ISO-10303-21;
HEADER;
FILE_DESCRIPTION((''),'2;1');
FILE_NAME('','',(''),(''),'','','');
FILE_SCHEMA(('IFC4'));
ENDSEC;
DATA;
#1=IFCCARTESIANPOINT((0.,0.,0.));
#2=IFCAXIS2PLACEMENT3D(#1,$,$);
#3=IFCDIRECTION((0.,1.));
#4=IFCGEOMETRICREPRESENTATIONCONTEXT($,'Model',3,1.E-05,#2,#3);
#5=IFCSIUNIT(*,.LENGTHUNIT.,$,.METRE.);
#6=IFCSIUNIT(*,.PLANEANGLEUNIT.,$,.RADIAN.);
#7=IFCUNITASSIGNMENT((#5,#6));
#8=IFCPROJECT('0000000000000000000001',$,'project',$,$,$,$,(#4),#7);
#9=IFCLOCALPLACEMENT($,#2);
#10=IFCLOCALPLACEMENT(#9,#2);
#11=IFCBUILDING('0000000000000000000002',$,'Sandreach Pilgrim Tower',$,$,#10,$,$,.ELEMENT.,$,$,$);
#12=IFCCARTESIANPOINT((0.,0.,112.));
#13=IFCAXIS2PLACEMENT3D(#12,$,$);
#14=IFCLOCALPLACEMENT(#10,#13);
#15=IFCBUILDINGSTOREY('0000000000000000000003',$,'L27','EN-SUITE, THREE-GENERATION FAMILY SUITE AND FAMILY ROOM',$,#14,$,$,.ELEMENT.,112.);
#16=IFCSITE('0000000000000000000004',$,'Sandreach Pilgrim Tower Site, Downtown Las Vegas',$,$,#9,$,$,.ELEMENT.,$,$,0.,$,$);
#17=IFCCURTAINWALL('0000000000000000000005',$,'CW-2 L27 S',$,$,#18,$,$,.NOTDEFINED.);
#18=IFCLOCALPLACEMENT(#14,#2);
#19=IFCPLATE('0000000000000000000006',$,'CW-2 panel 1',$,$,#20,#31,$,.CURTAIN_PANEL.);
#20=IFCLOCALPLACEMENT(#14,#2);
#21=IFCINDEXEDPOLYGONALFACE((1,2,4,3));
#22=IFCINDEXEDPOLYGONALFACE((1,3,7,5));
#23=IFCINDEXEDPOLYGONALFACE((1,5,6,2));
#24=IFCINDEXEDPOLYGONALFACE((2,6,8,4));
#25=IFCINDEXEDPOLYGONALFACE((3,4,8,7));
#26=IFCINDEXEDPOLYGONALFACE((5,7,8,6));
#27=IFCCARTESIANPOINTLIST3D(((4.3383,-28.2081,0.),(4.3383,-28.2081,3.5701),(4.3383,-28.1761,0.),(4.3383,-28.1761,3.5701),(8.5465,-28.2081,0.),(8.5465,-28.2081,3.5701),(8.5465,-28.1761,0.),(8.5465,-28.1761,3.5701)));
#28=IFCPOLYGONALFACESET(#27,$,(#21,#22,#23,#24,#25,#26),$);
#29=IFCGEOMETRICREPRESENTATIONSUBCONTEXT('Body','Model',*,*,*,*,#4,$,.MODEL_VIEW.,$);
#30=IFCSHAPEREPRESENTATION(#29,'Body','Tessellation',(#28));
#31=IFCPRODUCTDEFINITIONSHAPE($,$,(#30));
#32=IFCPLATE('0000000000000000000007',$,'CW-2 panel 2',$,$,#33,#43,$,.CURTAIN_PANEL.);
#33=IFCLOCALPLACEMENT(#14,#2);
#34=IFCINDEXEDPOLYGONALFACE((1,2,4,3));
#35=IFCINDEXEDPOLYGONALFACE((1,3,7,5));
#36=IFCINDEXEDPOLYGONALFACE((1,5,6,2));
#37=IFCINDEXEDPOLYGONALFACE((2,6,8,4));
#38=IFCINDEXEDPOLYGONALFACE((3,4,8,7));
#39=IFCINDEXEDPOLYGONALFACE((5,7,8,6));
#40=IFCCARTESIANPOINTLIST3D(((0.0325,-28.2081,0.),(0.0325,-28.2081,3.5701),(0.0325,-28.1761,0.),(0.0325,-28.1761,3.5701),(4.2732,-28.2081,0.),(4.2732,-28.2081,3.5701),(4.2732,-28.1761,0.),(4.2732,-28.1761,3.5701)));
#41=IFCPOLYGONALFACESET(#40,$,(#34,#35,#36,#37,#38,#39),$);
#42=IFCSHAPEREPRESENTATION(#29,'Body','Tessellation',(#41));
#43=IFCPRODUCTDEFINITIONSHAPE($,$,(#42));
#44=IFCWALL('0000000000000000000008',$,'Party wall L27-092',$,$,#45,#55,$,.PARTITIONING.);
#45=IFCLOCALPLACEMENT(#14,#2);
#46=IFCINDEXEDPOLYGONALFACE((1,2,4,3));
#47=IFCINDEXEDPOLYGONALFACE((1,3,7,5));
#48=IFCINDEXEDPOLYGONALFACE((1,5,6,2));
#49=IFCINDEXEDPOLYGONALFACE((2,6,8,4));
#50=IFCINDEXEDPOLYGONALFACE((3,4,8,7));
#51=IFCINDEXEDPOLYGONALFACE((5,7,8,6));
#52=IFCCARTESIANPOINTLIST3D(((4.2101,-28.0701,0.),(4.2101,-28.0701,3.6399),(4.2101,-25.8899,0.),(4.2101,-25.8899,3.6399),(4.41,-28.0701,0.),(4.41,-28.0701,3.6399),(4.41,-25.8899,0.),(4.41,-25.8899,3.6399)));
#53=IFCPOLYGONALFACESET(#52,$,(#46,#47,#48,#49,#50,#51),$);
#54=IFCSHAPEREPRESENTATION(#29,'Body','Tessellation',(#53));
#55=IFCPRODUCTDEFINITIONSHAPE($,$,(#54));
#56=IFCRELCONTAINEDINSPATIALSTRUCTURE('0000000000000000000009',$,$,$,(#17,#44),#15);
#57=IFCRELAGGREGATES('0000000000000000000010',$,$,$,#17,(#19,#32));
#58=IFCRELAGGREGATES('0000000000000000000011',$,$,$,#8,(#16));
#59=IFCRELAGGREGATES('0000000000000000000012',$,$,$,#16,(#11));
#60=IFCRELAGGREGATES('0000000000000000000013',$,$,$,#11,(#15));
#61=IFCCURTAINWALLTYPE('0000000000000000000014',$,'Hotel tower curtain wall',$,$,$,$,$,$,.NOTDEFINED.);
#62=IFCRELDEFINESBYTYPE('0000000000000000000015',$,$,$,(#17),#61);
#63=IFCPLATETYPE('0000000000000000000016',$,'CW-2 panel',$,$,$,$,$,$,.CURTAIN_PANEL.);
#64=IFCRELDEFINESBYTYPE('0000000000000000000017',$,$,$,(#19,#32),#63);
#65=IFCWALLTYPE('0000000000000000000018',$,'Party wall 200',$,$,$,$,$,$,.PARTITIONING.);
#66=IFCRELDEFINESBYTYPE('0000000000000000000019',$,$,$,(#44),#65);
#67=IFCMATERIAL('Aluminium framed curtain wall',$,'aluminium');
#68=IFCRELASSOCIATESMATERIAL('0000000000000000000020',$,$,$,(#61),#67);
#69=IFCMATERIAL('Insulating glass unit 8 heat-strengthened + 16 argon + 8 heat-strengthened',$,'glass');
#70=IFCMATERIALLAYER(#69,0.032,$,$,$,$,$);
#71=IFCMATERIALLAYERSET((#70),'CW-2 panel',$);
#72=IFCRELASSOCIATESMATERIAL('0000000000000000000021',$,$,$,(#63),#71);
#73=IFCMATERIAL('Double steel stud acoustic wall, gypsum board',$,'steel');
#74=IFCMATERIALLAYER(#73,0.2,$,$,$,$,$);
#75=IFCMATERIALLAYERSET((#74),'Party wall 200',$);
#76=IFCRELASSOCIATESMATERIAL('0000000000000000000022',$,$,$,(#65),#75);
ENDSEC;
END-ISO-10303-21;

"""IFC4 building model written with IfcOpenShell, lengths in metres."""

from ifc_helpers import new_model, si_unit, direction, frame, frame_2d, origin, origin_2d, place, context, subcontext, project, spatial, rectangle, extrude, material, layer, layer_set, type_object, element, aggregate, save


model = new_model("IFC4")

# Units and contexts
model_context = context("Model", 3, precision=1e-05, world=origin(), true_north=direction((0.0, 1.0)))
body_context = subcontext(model_context, "Body", "Model", "MODEL_VIEW")
ifc_project = project(units=[si_unit("LENGTHUNIT", "METRE"), si_unit("PLANEANGLEUNIT", "RADIAN")], contexts=[model_context])

# Site, building, storey
site_placement = place(None, origin())
site = spatial("IfcSite", under=ifc_project, at=site_placement, Name="Sandreach Pilgrim Tower Site, Downtown Las Vegas", CompositionType="ELEMENT", RefElevation=0.0)
building_placement = place(site_placement, origin())
building = spatial("IfcBuilding", under=site, at=building_placement, Name="Sandreach Pilgrim Tower", CompositionType="ELEMENT")
storey_placement = place(building_placement, frame((0.0, 0.0, 112.0)))
storey = spatial("IfcBuildingStorey", under=building, at=storey_placement, Name="L27", Description="EN-SUITE, THREE-GENERATION FAMILY SUITE AND FAMILY ROOM", CompositionType="ELEMENT", Elevation=112.0)

# Curtain wall
ifc_material_1 = material(Name="Aluminium framed curtain wall", Category="aluminium")
curtain_wall_type = type_object("IfcCurtainWallType", Name="Hotel tower curtain wall", PredefinedType="NOTDEFINED", material=ifc_material_1)
curtain_wall_placement = place(storey_placement, origin())
curtain_wall = element("IfcCurtainWall", 1, at=curtain_wall_placement, inside=storey, type_object=curtain_wall_type, Name="CW-2 L27 S", PredefinedType="NOTDEFINED")

# Plates
ifc_material_2 = material(Name="Insulating glass unit 8 heat-strengthened + 16 argon + 8 heat-strengthened", Category="glass")
ifc_layer_1 = layer(ifc_material_2, 0.032)
ifc_layer_set_1 = layer_set([ifc_layer_1], Name="CW-2 panel")
plate_type = type_object("IfcPlateType", Name="CW-2 panel", PredefinedType="CURTAIN_PANEL", material=ifc_layer_set_1)
plate_1_placement = place(storey_placement, frame((6.4424, -28.1921, 0.0), z_axis=(0.0, 0.0, 1.0), x_axis=(-1.0, 0.0, 0.0)))
plate_1 = element("IfcPlate", 2, at=plate_1_placement, type_object=plate_type, Name="CW-2 panel 1", PredefinedType="CURTAIN_PANEL", context=body_context, shape_type="SweptSolid", body=[
    extrude(rectangle(XDim=4.2083, YDim=0.032, at=origin_2d()), origin(), (0.0, 0.0, 1.0), 3.5701),
])
plate_2_placement = place(storey_placement, frame((2.1528, -28.1921, 0.0), z_axis=(0.0, 0.0, 1.0), x_axis=(-1.0, 0.0, 0.0)))
plate_2 = element("IfcPlate", 3, at=plate_2_placement, type_object=plate_type, Name="CW-2 panel 2", PredefinedType="CURTAIN_PANEL", context=body_context, shape_type="SweptSolid", body=[
    extrude(rectangle(XDim=4.2407, YDim=0.032, at=origin_2d()), origin(), (0.0, 0.0, 1.0), 3.5701),
])
aggregate(curtain_wall, [plate_1, plate_2])

# Wall
ifc_material_3 = material(Name="Double steel stud acoustic wall, gypsum board", Category="steel")
ifc_layer_2 = layer(ifc_material_3, 0.2)
ifc_layer_set_2 = layer_set([ifc_layer_2], Name="Party wall 200")
wall_type = type_object("IfcWallType", Name="Party wall 200", PredefinedType="PARTITIONING", material=ifc_layer_set_2)
wall_placement = place(storey_placement, frame((4.3101, -28.0701, 0.0), z_axis=(0.0, 0.0, 1.0), x_axis=(0.0, 1.0, 0.0)))
element("IfcWall", 4, at=wall_placement, inside=storey, type_object=wall_type, Name="Party wall L27-092", PredefinedType="PARTITIONING", context=body_context, shape_type="SweptSolid", body=[
    extrude(rectangle(XDim=2.1802, YDim=0.2, at=frame_2d((1.0901, 0.0))), origin(), (0.0, 0.0, 1.0), 3.6399),
])

save(model, "model.ifc")
